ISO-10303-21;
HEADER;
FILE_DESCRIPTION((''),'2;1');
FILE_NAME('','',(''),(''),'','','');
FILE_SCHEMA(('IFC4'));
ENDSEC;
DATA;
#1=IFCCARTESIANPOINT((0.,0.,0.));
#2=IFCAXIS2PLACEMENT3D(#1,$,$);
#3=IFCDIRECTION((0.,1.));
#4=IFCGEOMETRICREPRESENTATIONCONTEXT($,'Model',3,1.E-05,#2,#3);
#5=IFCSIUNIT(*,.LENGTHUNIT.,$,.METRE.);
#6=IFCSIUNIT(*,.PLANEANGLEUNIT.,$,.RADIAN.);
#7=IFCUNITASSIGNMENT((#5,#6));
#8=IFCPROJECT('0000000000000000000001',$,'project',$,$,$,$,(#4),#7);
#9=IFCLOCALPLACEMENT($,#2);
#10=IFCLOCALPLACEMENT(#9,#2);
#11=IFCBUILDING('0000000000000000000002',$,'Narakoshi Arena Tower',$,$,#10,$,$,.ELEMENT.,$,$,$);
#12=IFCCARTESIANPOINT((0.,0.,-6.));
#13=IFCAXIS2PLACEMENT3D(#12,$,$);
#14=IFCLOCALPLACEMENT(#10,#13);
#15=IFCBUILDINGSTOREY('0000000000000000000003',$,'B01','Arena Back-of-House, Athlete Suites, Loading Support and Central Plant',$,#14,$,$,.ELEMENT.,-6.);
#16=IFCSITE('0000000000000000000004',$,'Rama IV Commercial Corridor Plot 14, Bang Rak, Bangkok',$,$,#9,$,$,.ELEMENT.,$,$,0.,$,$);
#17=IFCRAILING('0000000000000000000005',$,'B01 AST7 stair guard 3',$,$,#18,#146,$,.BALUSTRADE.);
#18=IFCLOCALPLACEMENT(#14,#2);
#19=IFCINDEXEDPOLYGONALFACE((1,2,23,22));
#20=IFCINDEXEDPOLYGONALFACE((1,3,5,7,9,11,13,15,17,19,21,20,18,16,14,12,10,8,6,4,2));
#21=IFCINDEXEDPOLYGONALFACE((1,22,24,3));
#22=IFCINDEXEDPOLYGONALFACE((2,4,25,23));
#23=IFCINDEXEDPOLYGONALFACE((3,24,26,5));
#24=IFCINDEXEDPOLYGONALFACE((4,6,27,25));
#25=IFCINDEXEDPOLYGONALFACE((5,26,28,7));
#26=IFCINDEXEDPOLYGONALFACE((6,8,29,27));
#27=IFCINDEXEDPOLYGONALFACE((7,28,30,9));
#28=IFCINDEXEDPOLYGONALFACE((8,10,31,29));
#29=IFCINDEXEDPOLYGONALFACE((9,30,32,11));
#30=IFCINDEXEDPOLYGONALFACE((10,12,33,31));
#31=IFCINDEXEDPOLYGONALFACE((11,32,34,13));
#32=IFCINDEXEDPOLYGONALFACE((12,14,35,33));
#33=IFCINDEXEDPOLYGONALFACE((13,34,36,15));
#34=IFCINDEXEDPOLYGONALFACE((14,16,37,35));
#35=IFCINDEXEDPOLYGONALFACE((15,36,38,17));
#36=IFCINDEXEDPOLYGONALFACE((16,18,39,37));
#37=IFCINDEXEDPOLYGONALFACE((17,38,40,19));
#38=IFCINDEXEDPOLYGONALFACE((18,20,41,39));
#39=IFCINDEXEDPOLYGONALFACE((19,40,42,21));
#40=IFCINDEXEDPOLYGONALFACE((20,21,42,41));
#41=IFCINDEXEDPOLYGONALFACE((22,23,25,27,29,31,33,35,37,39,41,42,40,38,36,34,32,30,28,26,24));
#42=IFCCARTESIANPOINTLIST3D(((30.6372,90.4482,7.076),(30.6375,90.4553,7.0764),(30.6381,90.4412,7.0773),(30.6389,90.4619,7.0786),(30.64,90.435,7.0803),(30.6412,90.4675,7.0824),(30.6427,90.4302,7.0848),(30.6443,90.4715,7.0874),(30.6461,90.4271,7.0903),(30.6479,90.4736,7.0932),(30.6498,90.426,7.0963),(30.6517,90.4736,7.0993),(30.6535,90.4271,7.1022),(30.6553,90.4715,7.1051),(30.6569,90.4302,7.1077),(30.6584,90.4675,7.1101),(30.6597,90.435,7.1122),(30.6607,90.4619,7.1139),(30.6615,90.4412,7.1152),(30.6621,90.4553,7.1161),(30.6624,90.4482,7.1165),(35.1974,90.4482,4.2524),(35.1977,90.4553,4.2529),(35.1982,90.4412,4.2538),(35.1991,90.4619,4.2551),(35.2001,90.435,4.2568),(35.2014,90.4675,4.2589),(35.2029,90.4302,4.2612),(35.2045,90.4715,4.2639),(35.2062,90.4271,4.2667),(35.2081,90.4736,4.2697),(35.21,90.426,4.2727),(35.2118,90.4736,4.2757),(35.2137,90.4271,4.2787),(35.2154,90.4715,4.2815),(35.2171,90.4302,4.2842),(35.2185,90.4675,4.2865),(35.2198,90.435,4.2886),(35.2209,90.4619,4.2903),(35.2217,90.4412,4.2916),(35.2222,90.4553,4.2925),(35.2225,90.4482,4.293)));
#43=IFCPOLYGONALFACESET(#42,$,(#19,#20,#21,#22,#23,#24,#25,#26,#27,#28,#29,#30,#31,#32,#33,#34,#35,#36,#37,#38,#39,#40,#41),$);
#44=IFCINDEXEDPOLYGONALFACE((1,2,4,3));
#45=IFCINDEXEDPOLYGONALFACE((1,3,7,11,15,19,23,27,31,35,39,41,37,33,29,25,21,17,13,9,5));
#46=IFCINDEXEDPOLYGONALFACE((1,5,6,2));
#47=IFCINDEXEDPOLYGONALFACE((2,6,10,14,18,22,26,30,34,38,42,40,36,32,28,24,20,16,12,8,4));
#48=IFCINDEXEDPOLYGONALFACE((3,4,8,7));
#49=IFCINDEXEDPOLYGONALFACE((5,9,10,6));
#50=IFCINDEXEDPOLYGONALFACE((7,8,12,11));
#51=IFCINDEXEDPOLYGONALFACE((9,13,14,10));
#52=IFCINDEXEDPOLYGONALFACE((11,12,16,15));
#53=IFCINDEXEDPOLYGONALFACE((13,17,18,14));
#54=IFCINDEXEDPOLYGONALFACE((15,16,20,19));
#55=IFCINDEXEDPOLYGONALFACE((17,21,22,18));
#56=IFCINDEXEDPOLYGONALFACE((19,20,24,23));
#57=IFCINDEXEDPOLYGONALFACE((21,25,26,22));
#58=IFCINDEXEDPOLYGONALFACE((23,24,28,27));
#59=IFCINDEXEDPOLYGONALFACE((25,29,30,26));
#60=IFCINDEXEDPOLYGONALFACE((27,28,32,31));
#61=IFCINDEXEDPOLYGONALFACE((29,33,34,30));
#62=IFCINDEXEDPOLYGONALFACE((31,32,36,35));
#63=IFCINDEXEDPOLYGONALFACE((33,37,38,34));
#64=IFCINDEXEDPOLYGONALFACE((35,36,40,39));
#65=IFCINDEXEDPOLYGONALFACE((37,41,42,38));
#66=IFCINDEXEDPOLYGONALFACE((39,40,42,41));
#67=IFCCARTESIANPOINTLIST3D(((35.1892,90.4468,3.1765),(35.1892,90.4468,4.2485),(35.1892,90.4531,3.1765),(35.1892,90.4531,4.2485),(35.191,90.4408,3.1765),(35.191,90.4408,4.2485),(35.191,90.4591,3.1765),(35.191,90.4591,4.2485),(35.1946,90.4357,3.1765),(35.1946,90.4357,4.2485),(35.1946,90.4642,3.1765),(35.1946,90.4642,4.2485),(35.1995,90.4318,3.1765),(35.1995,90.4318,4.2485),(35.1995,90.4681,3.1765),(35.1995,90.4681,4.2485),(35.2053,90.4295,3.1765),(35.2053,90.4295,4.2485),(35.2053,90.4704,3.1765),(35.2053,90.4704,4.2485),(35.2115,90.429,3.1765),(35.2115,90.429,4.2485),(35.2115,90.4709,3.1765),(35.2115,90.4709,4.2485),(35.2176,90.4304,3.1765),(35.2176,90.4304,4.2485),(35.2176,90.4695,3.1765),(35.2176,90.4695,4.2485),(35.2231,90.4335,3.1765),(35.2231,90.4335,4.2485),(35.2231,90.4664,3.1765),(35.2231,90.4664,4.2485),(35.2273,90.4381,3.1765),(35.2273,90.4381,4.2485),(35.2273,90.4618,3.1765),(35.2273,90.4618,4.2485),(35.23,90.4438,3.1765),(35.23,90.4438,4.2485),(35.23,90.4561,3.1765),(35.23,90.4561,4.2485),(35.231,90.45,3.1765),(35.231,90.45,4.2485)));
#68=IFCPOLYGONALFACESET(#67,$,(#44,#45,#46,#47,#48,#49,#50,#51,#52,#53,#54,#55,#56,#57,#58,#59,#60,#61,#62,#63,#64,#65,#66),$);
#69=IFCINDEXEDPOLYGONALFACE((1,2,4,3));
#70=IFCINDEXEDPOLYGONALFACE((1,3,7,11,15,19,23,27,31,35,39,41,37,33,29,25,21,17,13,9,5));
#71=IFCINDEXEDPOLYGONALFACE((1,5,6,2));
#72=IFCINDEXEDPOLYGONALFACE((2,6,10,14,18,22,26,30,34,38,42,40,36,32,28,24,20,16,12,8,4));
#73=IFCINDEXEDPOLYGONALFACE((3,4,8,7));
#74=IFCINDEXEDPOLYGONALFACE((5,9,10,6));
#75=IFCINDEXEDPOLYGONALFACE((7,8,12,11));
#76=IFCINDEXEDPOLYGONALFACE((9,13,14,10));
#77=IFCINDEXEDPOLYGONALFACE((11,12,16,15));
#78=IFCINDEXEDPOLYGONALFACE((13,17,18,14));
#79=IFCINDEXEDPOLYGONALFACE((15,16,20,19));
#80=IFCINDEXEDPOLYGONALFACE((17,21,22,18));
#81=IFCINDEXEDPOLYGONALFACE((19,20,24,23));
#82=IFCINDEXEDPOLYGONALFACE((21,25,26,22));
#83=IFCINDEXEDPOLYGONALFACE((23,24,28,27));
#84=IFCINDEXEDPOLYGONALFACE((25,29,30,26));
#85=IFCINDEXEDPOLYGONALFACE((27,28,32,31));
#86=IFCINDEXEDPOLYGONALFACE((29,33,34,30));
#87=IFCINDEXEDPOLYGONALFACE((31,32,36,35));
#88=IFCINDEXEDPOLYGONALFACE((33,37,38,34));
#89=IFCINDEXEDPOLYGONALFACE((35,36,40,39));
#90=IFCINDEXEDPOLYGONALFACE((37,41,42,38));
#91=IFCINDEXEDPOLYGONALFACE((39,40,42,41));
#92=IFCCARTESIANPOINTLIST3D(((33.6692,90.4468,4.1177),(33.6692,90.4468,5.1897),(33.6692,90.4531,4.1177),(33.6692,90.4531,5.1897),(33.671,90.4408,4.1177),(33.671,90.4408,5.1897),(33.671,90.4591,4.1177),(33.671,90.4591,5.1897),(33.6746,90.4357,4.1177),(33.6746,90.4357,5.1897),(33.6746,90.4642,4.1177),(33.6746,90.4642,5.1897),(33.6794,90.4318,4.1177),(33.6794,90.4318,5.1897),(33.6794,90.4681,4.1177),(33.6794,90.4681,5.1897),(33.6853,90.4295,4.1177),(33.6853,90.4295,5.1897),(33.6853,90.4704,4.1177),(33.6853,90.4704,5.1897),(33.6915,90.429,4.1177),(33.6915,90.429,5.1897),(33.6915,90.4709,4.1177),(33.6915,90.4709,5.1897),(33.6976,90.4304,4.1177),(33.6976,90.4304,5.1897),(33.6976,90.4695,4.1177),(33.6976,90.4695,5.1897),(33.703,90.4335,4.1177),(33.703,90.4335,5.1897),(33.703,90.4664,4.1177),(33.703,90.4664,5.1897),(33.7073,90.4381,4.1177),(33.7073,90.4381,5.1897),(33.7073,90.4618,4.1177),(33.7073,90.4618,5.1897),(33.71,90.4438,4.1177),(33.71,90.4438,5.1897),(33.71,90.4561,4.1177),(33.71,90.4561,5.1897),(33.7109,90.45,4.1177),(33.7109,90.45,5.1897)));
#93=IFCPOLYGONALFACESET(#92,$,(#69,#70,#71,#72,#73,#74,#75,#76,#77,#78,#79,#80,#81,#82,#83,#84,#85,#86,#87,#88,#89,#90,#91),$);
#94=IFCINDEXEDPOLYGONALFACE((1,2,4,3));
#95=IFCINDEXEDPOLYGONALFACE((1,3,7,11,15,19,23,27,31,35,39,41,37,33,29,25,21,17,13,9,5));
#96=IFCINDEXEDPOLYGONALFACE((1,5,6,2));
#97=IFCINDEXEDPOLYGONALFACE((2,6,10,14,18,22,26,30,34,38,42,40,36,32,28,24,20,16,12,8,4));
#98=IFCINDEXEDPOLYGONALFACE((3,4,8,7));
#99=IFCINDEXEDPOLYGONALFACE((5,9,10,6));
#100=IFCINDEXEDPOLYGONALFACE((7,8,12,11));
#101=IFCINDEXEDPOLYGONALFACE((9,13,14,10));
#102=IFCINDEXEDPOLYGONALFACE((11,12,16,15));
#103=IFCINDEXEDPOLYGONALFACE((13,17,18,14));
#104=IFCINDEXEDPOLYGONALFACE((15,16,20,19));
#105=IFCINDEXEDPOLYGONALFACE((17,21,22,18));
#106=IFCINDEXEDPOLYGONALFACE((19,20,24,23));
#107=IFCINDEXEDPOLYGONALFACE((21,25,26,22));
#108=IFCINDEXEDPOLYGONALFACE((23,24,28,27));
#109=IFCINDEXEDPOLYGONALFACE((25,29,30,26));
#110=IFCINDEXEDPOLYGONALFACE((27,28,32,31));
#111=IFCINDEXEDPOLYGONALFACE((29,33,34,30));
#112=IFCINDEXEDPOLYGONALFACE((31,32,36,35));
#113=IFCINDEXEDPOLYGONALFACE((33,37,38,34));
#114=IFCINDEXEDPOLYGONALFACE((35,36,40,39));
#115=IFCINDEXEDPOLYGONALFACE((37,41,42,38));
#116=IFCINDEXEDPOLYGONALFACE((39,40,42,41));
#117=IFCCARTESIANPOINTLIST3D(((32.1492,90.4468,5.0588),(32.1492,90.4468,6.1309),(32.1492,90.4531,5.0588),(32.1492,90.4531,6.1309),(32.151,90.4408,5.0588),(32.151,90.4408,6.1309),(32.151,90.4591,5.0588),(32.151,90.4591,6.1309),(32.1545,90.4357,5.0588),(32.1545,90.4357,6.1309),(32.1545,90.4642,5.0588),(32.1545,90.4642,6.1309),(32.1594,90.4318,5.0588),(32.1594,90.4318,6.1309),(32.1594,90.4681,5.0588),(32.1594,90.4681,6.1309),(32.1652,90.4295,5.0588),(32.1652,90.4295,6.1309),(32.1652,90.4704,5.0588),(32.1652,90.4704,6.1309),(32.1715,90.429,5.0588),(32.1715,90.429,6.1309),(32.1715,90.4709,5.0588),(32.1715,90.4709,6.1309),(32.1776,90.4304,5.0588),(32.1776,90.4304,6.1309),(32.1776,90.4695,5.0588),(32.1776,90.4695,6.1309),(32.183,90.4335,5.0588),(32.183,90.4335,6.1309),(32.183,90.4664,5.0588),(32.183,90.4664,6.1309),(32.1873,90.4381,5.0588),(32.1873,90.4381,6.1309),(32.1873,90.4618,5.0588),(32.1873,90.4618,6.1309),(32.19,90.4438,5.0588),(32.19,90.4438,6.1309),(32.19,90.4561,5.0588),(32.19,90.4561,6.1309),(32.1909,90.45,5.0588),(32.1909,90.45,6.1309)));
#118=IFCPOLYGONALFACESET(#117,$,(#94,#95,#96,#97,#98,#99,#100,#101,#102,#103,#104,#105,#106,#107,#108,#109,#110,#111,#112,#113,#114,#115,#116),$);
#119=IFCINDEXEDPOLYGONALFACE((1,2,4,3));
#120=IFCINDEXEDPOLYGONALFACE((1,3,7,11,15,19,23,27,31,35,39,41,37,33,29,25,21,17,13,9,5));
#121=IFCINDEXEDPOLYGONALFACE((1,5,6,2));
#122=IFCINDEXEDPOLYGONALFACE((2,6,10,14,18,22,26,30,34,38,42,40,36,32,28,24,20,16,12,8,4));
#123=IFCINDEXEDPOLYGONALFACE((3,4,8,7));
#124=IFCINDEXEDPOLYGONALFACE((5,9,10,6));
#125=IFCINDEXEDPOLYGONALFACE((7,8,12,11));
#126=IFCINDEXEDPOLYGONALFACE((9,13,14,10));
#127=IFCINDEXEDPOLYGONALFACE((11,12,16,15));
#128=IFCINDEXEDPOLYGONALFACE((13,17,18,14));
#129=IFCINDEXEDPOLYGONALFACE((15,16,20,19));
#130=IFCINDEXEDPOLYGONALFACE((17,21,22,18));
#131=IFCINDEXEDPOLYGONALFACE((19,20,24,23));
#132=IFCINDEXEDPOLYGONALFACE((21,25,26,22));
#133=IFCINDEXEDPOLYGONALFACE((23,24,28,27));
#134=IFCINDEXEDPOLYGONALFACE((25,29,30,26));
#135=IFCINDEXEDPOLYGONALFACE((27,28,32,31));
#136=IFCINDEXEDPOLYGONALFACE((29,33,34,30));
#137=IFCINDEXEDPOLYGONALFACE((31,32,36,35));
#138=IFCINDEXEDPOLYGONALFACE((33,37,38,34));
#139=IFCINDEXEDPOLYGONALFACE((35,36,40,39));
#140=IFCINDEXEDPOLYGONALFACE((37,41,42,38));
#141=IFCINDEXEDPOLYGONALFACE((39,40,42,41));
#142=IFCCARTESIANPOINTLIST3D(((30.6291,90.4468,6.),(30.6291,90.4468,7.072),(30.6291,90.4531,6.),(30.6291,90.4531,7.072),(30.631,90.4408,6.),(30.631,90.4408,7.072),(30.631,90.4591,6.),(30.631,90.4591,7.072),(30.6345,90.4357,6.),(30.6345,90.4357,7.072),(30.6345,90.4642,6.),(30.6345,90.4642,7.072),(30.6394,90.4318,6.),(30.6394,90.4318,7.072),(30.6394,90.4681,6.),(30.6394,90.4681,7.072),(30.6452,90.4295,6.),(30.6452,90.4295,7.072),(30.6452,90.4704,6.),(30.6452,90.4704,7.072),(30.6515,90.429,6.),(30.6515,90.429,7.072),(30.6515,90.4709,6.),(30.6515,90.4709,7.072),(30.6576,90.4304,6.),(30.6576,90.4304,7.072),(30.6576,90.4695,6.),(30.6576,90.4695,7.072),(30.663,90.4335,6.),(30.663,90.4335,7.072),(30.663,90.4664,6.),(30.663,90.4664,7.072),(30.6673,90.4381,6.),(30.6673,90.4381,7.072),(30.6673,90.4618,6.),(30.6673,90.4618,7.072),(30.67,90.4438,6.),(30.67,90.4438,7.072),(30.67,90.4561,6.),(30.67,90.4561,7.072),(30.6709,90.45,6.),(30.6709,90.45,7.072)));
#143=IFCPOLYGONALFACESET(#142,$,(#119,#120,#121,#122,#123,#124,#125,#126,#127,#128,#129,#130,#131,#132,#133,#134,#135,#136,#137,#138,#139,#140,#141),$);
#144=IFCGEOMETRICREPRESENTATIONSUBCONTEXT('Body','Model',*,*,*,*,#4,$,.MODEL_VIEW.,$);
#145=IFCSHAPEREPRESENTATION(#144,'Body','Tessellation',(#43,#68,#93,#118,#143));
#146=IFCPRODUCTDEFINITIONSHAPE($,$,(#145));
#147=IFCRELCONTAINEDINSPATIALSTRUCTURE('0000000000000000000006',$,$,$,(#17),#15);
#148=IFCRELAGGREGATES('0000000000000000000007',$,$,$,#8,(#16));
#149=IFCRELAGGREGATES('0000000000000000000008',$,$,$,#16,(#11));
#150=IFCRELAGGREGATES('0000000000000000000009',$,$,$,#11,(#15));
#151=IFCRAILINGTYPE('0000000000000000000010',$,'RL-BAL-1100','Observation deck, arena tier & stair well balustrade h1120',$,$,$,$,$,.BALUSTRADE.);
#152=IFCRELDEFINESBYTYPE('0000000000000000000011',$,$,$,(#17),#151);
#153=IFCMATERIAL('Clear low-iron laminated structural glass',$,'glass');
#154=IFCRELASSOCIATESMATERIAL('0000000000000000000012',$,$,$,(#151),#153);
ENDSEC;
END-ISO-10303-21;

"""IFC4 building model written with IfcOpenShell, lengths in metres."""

from ifc_helpers import new_model, si_unit, direction, frame, origin, origin_2d, place, context, subcontext, project, spatial, circle, extrude, material, type_object, element, save


model = new_model("IFC4")

# Units and contexts
model_context = context("Model", 3, precision=1e-05, world=origin(), true_north=direction((0.0, 1.0)))
body_context = subcontext(model_context, "Body", "Model", "MODEL_VIEW")
ifc_project = project(units=[si_unit("LENGTHUNIT", "METRE"), si_unit("PLANEANGLEUNIT", "RADIAN")], contexts=[model_context])

# Site, building, storey
site_placement = place(None, origin())
site = spatial("IfcSite", under=ifc_project, at=site_placement, Name="Rama IV Commercial Corridor Plot 14, Bang Rak, Bangkok", CompositionType="ELEMENT", RefElevation=0.0)
building_placement = place(site_placement, origin())
building = spatial("IfcBuilding", under=site, at=building_placement, Name="Narakoshi Arena Tower", CompositionType="ELEMENT")
storey_placement = place(building_placement, frame((0.0, 0.0, -6.0)))
storey = spatial("IfcBuildingStorey", under=building, at=storey_placement, Name="B01", Description="Arena Back-of-House, Athlete Suites, Loading Support and Central Plant", CompositionType="ELEMENT", Elevation=-6.0)

# Railing
ifc_material_1 = material(Name="Clear low-iron laminated structural glass", Category="glass")
railing_type_1 = type_object("IfcRailingType", Name="RL-BAL-1100", Description="Observation deck, arena tier & stair well balustrade h1120", PredefinedType="BALUSTRADE", material=ifc_material_1)
railing_1_placement = place(storey_placement, frame((35.21, 90.45, 3.1765)))
element("IfcRailing", 1, at=railing_1_placement, inside=storey, type_object=railing_type_1, Name="B01 AST7 stair guard 3", PredefinedType="BALUSTRADE", context=body_context, shape_type="SweptSolid", body=[
    extrude(circle(Radius=0.0239, at=origin_2d()), frame((0.0, 0.0, 1.0962), z_axis=(-0.850216, 0.0, 0.526435), x_axis=(0.0, -1.0, 0.0)), (0.0, 0.0, 1.0), 5.3635),
    extrude(circle(Radius=0.021, at=origin_2d()), origin(), (0.0, 0.0, 1.0), 1.072),
    extrude(circle(Radius=0.021, at=origin_2d()), frame((-1.52, 0.0, 0.9412)), (0.0, 0.0, 1.0), 1.072),
    extrude(circle(Radius=0.021, at=origin_2d()), frame((-3.04, 0.0, 1.8823)), (0.0, 0.0, 1.0), 1.072),
    extrude(circle(Radius=0.021, at=origin_2d()), frame((-4.5601, 0.0, 2.8235)), (0.0, 0.0, 1.0), 1.072),
])

save(model, "model.ifc")
